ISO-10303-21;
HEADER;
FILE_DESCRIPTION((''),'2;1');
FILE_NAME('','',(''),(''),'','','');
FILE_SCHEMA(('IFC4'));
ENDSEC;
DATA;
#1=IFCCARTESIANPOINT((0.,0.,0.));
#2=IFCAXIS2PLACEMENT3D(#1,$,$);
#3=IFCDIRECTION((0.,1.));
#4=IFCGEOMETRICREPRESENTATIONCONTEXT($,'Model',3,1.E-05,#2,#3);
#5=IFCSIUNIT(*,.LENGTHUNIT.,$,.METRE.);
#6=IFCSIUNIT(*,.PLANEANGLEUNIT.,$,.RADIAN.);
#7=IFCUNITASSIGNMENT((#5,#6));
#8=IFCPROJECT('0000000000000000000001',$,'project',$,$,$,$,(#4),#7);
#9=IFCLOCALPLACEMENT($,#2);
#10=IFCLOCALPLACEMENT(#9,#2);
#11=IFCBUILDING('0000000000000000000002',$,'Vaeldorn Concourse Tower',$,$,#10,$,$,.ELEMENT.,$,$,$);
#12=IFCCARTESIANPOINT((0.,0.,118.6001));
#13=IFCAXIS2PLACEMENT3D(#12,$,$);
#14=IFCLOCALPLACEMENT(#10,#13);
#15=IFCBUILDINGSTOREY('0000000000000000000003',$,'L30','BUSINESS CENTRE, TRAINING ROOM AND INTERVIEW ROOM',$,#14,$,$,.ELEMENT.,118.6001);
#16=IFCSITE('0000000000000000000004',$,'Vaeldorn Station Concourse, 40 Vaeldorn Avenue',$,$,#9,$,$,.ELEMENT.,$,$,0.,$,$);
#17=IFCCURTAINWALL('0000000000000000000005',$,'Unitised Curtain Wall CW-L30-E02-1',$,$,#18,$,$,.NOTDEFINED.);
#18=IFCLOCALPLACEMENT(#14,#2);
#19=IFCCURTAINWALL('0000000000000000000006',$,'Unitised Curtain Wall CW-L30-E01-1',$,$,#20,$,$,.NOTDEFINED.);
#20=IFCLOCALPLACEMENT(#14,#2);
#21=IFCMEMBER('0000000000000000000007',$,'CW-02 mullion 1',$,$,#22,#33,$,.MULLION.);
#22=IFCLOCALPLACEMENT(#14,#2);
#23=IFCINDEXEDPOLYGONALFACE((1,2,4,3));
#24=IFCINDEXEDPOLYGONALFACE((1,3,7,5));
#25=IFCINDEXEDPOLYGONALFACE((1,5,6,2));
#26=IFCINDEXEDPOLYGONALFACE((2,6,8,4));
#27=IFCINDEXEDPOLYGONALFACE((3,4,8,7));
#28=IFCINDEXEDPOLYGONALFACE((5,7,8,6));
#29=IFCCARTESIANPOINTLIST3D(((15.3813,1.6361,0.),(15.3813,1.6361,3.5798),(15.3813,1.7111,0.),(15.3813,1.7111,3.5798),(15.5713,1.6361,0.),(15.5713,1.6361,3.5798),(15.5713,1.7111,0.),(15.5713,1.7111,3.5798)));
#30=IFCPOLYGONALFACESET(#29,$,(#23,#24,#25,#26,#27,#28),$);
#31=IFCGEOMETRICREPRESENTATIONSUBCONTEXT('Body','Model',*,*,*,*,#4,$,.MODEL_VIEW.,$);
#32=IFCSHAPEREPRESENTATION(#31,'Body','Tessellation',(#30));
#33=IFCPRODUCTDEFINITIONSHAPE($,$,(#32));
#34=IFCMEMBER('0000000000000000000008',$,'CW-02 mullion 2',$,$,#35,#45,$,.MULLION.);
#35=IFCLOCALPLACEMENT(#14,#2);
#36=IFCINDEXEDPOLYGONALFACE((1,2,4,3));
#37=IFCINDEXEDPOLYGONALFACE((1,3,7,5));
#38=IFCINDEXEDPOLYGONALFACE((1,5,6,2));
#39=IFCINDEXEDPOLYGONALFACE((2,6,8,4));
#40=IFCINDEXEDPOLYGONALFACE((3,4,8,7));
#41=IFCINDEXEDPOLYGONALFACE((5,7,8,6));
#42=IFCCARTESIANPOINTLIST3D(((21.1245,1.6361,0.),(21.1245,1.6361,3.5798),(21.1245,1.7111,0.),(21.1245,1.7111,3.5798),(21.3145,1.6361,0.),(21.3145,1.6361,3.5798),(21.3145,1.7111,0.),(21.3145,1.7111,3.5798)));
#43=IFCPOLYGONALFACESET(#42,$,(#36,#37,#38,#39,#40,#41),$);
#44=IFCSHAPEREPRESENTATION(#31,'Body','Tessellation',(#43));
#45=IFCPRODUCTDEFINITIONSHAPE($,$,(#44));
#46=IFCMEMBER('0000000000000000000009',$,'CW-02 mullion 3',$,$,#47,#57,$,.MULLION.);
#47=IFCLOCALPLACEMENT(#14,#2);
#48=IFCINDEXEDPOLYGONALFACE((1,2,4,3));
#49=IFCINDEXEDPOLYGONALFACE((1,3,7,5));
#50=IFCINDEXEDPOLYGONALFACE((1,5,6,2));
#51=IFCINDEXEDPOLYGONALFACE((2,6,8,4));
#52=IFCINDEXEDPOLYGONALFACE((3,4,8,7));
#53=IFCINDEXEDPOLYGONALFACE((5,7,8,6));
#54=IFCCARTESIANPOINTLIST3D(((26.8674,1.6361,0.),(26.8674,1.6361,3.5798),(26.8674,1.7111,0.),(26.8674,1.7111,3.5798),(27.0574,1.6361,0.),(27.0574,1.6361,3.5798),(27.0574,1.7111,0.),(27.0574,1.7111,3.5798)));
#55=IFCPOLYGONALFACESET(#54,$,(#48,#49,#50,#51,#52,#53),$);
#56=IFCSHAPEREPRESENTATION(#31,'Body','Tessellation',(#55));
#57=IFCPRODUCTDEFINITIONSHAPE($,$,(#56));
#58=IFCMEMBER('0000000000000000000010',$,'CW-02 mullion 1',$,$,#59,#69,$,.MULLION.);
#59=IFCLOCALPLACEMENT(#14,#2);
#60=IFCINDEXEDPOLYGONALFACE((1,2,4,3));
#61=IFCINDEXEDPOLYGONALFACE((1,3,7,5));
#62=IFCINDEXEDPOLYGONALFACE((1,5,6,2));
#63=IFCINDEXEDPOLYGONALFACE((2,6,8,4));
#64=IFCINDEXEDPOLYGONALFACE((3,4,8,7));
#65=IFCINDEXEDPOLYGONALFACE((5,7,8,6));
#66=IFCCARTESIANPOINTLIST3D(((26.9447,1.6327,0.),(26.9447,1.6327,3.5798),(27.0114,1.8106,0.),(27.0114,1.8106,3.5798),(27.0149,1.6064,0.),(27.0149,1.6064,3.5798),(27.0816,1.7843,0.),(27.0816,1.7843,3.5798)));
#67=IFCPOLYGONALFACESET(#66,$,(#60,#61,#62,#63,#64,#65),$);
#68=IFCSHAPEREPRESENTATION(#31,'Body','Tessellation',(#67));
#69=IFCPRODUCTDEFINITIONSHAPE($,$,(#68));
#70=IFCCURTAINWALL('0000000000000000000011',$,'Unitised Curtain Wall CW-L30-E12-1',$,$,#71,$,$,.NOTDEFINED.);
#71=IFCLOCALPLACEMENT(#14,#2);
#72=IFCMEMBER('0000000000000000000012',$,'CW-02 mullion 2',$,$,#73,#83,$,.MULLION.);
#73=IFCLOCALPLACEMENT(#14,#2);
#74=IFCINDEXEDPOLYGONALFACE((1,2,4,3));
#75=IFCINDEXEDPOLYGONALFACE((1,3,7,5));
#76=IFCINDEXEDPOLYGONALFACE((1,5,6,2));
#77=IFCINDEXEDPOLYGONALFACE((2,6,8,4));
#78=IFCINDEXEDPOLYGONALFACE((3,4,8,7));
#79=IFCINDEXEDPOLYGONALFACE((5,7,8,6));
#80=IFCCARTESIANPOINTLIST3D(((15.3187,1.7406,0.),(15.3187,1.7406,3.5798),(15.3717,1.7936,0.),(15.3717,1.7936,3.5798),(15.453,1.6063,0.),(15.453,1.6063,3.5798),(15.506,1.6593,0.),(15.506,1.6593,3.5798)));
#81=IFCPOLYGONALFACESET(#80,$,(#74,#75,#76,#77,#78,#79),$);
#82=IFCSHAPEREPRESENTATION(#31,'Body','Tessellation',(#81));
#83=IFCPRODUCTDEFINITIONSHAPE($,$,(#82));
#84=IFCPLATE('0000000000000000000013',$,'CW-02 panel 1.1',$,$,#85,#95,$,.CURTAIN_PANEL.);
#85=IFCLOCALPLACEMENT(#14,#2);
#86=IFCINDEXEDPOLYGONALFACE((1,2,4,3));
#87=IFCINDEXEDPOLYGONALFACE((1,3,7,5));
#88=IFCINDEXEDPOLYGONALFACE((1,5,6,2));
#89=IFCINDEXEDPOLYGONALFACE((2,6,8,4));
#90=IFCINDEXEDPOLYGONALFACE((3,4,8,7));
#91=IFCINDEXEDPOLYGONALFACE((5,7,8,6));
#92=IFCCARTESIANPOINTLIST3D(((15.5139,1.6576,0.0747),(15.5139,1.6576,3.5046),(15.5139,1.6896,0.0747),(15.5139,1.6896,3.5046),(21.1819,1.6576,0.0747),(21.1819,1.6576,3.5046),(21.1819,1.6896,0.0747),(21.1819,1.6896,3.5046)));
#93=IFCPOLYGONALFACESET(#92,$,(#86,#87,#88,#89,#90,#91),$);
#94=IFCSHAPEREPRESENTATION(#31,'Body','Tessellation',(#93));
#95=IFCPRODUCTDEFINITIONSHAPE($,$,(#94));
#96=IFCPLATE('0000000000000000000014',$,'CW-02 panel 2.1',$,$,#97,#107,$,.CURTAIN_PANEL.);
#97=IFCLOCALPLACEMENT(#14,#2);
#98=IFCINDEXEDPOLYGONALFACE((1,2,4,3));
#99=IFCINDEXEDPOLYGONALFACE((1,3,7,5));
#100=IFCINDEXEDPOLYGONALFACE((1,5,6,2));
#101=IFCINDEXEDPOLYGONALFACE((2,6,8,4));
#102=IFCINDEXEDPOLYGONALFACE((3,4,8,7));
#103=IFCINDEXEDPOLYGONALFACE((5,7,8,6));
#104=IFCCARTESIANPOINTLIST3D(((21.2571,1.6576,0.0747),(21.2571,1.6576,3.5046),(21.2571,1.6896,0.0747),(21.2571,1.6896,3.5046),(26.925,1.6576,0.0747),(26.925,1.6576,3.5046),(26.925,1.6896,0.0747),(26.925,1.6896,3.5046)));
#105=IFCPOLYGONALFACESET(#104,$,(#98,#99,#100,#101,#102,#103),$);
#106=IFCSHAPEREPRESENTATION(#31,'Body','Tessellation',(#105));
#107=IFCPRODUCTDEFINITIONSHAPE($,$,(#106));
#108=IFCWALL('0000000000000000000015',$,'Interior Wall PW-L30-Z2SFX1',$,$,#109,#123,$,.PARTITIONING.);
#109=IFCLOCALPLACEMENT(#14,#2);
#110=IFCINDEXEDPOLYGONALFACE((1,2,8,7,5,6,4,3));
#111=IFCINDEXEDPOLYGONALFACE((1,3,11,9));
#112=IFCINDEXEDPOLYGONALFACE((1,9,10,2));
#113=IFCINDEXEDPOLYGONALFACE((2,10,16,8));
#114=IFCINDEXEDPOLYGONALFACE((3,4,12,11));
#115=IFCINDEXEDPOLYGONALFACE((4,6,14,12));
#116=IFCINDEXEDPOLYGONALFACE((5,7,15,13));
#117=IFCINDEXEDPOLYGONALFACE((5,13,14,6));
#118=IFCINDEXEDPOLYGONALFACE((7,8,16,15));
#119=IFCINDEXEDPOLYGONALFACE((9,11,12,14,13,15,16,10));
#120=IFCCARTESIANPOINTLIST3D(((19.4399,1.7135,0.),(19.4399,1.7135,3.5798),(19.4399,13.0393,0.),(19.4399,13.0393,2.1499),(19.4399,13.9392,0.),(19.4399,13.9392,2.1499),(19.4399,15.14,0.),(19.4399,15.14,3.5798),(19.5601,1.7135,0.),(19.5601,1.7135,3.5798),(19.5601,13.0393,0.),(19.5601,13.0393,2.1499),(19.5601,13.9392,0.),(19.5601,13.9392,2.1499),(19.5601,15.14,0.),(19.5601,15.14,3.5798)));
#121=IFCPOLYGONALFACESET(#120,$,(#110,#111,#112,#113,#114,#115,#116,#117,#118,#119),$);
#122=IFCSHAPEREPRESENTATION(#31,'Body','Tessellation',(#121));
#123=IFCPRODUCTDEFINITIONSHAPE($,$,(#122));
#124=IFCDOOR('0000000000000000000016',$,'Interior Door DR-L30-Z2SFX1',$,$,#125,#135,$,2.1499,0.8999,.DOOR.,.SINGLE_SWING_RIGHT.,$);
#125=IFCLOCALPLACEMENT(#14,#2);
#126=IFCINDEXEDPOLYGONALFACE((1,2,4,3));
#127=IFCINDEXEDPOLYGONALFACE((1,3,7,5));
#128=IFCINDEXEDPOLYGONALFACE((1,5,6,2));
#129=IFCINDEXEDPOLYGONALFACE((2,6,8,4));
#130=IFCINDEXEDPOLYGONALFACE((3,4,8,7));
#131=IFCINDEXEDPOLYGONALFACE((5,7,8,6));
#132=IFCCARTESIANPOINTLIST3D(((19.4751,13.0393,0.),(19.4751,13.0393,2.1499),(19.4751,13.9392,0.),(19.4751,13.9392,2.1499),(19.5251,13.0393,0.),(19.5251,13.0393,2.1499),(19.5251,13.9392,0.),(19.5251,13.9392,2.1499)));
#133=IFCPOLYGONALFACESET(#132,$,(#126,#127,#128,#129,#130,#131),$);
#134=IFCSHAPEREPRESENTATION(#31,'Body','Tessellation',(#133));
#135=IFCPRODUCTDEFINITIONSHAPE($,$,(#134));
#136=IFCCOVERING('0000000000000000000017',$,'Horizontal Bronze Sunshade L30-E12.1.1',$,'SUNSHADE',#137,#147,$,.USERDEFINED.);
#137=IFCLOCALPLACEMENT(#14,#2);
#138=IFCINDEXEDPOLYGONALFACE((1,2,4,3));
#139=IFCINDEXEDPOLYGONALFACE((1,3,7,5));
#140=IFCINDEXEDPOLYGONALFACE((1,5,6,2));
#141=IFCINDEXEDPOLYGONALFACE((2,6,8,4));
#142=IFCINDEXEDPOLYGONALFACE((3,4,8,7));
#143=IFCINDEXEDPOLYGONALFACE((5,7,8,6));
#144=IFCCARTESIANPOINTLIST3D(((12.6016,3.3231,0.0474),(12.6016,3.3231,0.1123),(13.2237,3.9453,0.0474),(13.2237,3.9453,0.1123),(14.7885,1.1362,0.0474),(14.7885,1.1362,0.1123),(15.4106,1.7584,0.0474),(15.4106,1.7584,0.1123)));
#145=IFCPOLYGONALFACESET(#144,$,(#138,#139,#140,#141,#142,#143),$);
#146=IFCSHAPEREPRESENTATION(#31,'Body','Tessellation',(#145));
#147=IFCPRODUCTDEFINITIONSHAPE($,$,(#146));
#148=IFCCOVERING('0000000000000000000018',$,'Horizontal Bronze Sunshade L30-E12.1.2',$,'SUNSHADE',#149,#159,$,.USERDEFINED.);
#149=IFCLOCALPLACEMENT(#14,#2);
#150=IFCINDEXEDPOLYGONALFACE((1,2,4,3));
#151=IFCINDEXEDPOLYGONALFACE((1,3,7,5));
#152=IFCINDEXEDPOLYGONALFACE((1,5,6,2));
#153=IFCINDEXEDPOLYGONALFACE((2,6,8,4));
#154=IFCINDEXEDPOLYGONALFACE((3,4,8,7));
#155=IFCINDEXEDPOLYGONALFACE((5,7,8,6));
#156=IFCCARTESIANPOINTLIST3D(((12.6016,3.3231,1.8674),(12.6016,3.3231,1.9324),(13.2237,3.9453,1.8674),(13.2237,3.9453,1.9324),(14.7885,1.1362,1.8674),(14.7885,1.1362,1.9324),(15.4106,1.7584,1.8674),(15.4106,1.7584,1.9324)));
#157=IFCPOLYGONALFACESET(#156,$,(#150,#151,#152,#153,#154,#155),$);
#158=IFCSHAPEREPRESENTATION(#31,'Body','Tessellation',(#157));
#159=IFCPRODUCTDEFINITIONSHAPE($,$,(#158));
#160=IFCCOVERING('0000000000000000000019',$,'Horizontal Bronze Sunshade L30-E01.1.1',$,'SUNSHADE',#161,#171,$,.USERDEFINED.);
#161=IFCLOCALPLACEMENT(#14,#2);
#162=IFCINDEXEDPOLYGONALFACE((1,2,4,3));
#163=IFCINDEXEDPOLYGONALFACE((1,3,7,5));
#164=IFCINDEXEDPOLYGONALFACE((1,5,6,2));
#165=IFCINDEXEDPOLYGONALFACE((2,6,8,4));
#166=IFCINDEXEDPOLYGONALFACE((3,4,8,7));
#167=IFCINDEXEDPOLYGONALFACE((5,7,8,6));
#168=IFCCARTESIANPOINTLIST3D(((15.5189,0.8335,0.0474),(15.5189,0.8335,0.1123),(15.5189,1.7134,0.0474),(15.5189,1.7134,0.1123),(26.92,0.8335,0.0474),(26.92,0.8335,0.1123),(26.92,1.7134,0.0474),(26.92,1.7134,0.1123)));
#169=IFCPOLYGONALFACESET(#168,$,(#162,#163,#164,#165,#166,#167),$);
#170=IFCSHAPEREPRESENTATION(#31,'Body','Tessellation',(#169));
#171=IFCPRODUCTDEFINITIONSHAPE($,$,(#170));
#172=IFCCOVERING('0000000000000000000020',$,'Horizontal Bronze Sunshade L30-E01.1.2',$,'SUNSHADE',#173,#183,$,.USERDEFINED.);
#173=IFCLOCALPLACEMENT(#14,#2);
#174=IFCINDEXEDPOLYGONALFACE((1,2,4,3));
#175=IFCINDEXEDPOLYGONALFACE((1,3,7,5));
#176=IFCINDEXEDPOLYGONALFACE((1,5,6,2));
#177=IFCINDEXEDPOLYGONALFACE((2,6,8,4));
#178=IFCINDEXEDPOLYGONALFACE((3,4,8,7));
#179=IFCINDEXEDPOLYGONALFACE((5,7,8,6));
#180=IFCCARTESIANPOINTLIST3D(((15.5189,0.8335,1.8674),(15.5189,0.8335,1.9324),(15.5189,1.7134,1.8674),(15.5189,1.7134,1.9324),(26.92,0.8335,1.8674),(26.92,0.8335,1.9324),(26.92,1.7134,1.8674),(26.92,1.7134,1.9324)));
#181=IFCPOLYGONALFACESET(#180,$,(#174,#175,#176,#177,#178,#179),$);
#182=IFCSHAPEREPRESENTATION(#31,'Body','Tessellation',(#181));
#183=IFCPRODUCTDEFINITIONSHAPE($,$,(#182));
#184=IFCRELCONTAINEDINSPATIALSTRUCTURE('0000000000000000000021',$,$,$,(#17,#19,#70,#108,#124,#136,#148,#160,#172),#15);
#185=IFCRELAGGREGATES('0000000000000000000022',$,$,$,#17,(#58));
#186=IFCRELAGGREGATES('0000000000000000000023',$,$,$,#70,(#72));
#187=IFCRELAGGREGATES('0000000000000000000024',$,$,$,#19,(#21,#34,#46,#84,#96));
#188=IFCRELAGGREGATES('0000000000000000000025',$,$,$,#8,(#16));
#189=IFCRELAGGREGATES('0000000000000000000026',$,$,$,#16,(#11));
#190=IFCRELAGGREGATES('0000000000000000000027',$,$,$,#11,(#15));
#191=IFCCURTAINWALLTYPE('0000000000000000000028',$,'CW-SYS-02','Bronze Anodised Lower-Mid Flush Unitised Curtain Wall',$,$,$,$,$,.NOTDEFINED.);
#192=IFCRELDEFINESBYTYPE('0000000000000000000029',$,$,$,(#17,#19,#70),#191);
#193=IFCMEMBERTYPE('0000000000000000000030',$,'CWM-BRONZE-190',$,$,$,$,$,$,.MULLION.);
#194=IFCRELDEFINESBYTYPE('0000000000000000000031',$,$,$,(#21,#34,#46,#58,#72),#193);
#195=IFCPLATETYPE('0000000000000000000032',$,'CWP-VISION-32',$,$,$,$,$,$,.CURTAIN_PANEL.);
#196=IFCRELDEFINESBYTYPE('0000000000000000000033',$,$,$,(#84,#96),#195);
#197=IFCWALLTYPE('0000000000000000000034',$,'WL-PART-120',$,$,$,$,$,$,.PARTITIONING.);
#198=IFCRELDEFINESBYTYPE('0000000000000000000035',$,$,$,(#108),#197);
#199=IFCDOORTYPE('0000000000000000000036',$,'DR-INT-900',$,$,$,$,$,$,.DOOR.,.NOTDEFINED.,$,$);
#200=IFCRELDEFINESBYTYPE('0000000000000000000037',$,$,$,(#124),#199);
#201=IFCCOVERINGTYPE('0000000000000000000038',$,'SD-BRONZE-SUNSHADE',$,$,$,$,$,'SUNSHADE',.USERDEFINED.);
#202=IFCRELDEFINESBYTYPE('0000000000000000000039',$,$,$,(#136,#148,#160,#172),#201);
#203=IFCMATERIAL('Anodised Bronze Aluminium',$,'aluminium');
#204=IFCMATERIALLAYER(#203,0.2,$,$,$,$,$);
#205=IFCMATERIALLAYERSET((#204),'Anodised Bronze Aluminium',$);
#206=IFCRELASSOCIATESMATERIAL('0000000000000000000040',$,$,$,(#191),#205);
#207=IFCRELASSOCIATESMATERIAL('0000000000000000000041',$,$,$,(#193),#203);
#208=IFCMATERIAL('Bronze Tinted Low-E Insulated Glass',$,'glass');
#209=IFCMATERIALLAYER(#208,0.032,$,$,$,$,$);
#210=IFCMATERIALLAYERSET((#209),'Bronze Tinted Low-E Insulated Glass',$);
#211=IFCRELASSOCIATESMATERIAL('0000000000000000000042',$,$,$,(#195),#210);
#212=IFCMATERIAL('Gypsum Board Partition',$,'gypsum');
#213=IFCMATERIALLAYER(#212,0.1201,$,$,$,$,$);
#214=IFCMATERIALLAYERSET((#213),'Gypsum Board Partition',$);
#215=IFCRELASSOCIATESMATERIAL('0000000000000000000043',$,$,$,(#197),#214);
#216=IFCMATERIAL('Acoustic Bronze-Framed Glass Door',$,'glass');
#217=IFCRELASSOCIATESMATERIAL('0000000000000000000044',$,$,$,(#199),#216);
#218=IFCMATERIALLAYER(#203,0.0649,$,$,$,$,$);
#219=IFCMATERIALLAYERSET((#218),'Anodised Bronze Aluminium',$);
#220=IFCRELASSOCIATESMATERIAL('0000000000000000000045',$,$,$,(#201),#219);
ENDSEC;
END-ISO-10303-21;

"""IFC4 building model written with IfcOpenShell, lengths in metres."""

from ifc_helpers import new_model, si_unit, direction, frame, frame_2d, origin, origin_2d, place, context, subcontext, project, spatial, rectangle, extrude, source, transform, mapped, material, layer, layer_set, material_profile, profile_set, type_object, element, fill, aggregate, save


model = new_model("IFC4")

# Units and contexts
model_context = context("Model", 3, precision=1e-05, world=origin(), true_north=direction((0.0, 1.0)))
body_context = subcontext(model_context, "Body", "Model", "MODEL_VIEW")
ifc_project = project(units=[si_unit("LENGTHUNIT", "METRE"), si_unit("PLANEANGLEUNIT", "RADIAN")], contexts=[model_context])

# Site, building, storey
site_placement = place(None, origin())
site = spatial("IfcSite", under=ifc_project, at=site_placement, Name="Vaeldorn Station Concourse, 40 Vaeldorn Avenue", CompositionType="ELEMENT", RefElevation=0.0)
building_placement = place(site_placement, origin())
building = spatial("IfcBuilding", under=site, at=building_placement, Name="Vaeldorn Concourse Tower", CompositionType="ELEMENT")
storey_placement = place(building_placement, frame((0.0, 0.0, 118.6001)))
storey = spatial("IfcBuildingStorey", under=building, at=storey_placement, Name="L30", Description="BUSINESS CENTRE, TRAINING ROOM AND INTERVIEW ROOM", CompositionType="ELEMENT", Elevation=118.6001)

# Curtain walls, members
ifc_material_1 = material(Name="Anodised Bronze Aluminium", Category="aluminium")
ifc_layer_1 = layer(ifc_material_1, 0.2)
ifc_layer_set_1 = layer_set([ifc_layer_1], Name="Anodised Bronze Aluminium")
curtain_wall_type = type_object("IfcCurtainWallType", Name="CW-SYS-02", Description="Bronze Anodised Lower-Mid Flush Unitised Curtain Wall", PredefinedType="NOTDEFINED", material=ifc_layer_set_1)
curtain_wall_1_placement = place(storey_placement, origin())
curtain_wall_1 = element("IfcCurtainWall", 1, at=curtain_wall_1_placement, inside=storey, type_object=curtain_wall_type, Name="Unitised Curtain Wall CW-L30-E02-1", PredefinedType="NOTDEFINED")
curtain_wall_2_placement = place(storey_placement, origin())
curtain_wall_2 = element("IfcCurtainWall", 2, at=curtain_wall_2_placement, inside=storey, type_object=curtain_wall_type, Name="Unitised Curtain Wall CW-L30-E01-1", PredefinedType="NOTDEFINED")
ifc_material_profile_1 = material_profile(ifc_material_1, rectangle(XDim=0.075, YDim=0.1899, at=origin_2d()), Name="CWM 75x190")
ifc_profile_set_1 = profile_set([ifc_material_profile_1], Name="Anodised Bronze Aluminium")
member_type_1 = type_object("IfcMemberType", Name="CWM-BRONZE-190", PredefinedType="MULLION", material=ifc_profile_set_1)
shared_shape_1 = source(origin(), body_context, "Body", "SweptSolid", [
    extrude(rectangle(XDim=0.075, YDim=0.1899, at=origin_2d()), origin(), (0.0, 0.0, 1.0), 3.5798),
])
member_1_placement = place(storey_placement, frame((15.4763, 1.6736, 0.0), z_axis=(0.0, 0.0, 1.0), x_axis=(0.0, 1.0, 0.0)))
member_1 = element("IfcMember", 3, at=member_1_placement, type_object=member_type_1, Name="CW-02 mullion 1", PredefinedType="MULLION", context=body_context, shape_type="MappedRepresentation", body=[
    mapped(shared_shape_1, transform((0.0, 0.0, 0.0), scale=1.0)),
])
member_2_placement = place(storey_placement, frame((21.2195, 1.6736, 0.0), z_axis=(0.0, 0.0, 1.0), x_axis=(0.0, 1.0, 0.0)))
member_2 = element("IfcMember", 4, at=member_2_placement, type_object=member_type_1, Name="CW-02 mullion 2", PredefinedType="MULLION", context=body_context, shape_type="MappedRepresentation", body=[
    mapped(shared_shape_1, transform((0.0, 0.0, 0.0), scale=1.0)),
])
member_3_placement = place(storey_placement, frame((26.9624, 1.6736, 0.0), z_axis=(0.0, 0.0, 1.0), x_axis=(0.0, 1.0, 0.0)))
member_3 = element("IfcMember", 5, at=member_3_placement, type_object=member_type_1, Name="CW-02 mullion 3", PredefinedType="MULLION", context=body_context, shape_type="MappedRepresentation", body=[
    mapped(shared_shape_1, transform((0.0, 0.0, 0.0), scale=1.0)),
])

# Member
member_4_placement = place(storey_placement, frame((27.0132, 1.7085, 0.0), z_axis=(0.0, 0.0, 1.0), x_axis=(-0.936329, 0.351123, 0.0)))
member_4 = element("IfcMember", 6, at=member_4_placement, type_object=member_type_1, Name="CW-02 mullion 1", PredefinedType="MULLION", context=body_context, shape_type="MappedRepresentation", body=[
    mapped(shared_shape_1, transform((0.0, 0.0, 0.0), scale=1.0)),
])
aggregate(curtain_wall_1, [member_4])

# Curtain wall, member
curtain_wall_3_placement = place(storey_placement, origin())
curtain_wall_3 = element("IfcCurtainWall", 7, at=curtain_wall_3_placement, inside=storey, type_object=curtain_wall_type, Name="Unitised Curtain Wall CW-L30-E12-1", PredefinedType="NOTDEFINED")
member_5_placement = place(storey_placement, frame((15.4124, 1.7, 0.0), z_axis=(0.0, 0.0, 1.0), x_axis=(0.707107, 0.707107, 0.0)))
member_5 = element("IfcMember", 8, at=member_5_placement, type_object=member_type_1, Name="CW-02 mullion 2", PredefinedType="MULLION", context=body_context, shape_type="MappedRepresentation", body=[
    mapped(shared_shape_1, transform((0.0, 0.0, 0.0), scale=1.0)),
])
aggregate(curtain_wall_3, [member_5])

# Plates
ifc_material_2 = material(Name="Bronze Tinted Low-E Insulated Glass", Category="glass")
ifc_layer_2 = layer(ifc_material_2, 0.032)
ifc_layer_set_2 = layer_set([ifc_layer_2], Name="Bronze Tinted Low-E Insulated Glass")
plate_type = type_object("IfcPlateType", Name="CWP-VISION-32", PredefinedType="CURTAIN_PANEL", material=ifc_layer_set_2)
shared_shape_2 = source(origin(), body_context, "Body", "SweptSolid", [
    extrude(rectangle(XDim=5.668, YDim=0.032, at=origin_2d()), origin(), (0.0, 0.0, 1.0), 3.4299),
])
plate_1_placement = place(storey_placement, frame((18.3479, 1.6736, 0.0747), z_axis=(0.0, 0.0, 1.0), x_axis=(1.0, 0.0, 0.0)))
plate_1 = element("IfcPlate", 9, at=plate_1_placement, type_object=plate_type, Name="CW-02 panel 1.1", PredefinedType="CURTAIN_PANEL", context=body_context, shape_type="MappedRepresentation", body=[
    mapped(shared_shape_2, transform((0.0, 0.0, 0.0), scale=1.0)),
])
plate_2_placement = place(storey_placement, frame((24.0911, 1.6736, 0.0747), z_axis=(0.0, 0.0, 1.0), x_axis=(1.0, 0.0, 0.0)))
plate_2 = element("IfcPlate", 10, at=plate_2_placement, type_object=plate_type, Name="CW-02 panel 2.1", PredefinedType="CURTAIN_PANEL", context=body_context, shape_type="MappedRepresentation", body=[
    mapped(shared_shape_2, transform((0.0, 0.0, 0.0), scale=1.0)),
])
aggregate(curtain_wall_2, [member_1, member_2, member_3, plate_1, plate_2])

# Wall, opening, door
ifc_material_3 = material(Name="Gypsum Board Partition", Category="gypsum")
ifc_layer_3 = layer(ifc_material_3, 0.1201)
ifc_layer_set_3 = layer_set([ifc_layer_3], Name="Gypsum Board Partition")
wall_type = type_object("IfcWallType", Name="WL-PART-120", PredefinedType="PARTITIONING", material=ifc_layer_set_3)
wall_placement = place(storey_placement, frame((19.5, 1.7134, 0.0), z_axis=(0.0, 0.0, 1.0), x_axis=(0.0, 1.0, 0.0)))
wall = element("IfcWall", 11, at=wall_placement, inside=storey, type_object=wall_type, Name="Interior Wall PW-L30-Z2SFX1", PredefinedType="PARTITIONING", context=body_context, shape_type="SweptSolid", body=[
    extrude(rectangle(XDim=13.4265, YDim=0.1201, at=frame_2d((6.7134, 0.0))), origin(), (0.0, 0.0, 1.0), 3.5798),
])
opening_placement = place(wall_placement, frame((11.3259, 0.0, 0.0)))
opening = element("IfcOpeningElement", 12, at=opening_placement, cuts=wall, PredefinedType="OPENING", context=body_context, shape_type="SweptSolid", body=[
    extrude(rectangle(XDim=0.8999, YDim=2.1499, at=frame_2d((0.45, 1.075))), frame((0.0, 0.0701, 0.0), z_axis=(0.0, -1.0, 0.0), x_axis=(1.0, 0.0, 0.0)), (0.0, 0.0, 1.0), 0.1401),
])
ifc_material_4 = material(Name="Acoustic Bronze-Framed Glass Door", Category="glass")
door_type = type_object("IfcDoorType", Name="DR-INT-900", OperationType="NOTDEFINED", PredefinedType="DOOR", material=ifc_material_4)
shared_shape_3 = source(origin(), body_context, "Body", "SweptSolid", [
    extrude(rectangle(XDim=0.8999, YDim=2.1499, at=frame_2d((0.45, 1.075))), frame((0.0, 0.0249, 0.0), z_axis=(0.0, -1.0, 0.0), x_axis=(1.0, 0.0, 0.0)), (0.0, 0.0, 1.0), 0.05),
])
door_placement = place(opening_placement, origin())
door = element("IfcDoor", 13, at=door_placement, inside=storey, type_object=door_type, Name="Interior Door DR-L30-Z2SFX1", OperationType="SINGLE_SWING_RIGHT", OverallHeight=2.1499, OverallWidth=0.8999, PredefinedType="DOOR", context=body_context, shape_type="MappedRepresentation", body=[
    mapped(shared_shape_3, transform((0.0, 0.0, 0.0), scale=1.0)),
])
fill(opening, door)

# Coverings
ifc_layer_4 = layer(ifc_material_1, 0.0649)
ifc_layer_set_4 = layer_set([ifc_layer_4], Name="Anodised Bronze Aluminium")
covering_type = type_object("IfcCoveringType", Name="SD-BRONZE-SUNSHADE", ElementType="SUNSHADE", PredefinedType="USERDEFINED", material=ifc_layer_set_4)
shared_shape_4 = source(origin(), body_context, "Body", "SweptSolid", [
    extrude(rectangle(XDim=3.0928, YDim=0.8799, at=origin_2d()), origin(), (0.0, 0.0, 1.0), 0.0649),
])
for number, where, z_axis, x_axis, name in (
    (14, (14.0061, 2.5408, 0.0474), (0.0, 0.0, 1.0), (0.707107, -0.707107, 0.0), "Horizontal Bronze Sunshade L30-E12.1.1"),
    (15, (14.0061, 2.5408, 1.8674), (0.0, 0.0, 1.0), (0.707107, -0.707107, 0.0), "Horizontal Bronze Sunshade L30-E12.1.2"),
):
    element("IfcCovering", number, at=place(storey_placement, frame(where, z_axis=z_axis, x_axis=x_axis)), inside=storey, type_object=covering_type, Name=name, ObjectType="SUNSHADE", PredefinedType="USERDEFINED", context=body_context, shape_type="MappedRepresentation", body=[
        mapped(shared_shape_4, transform((0.0, 0.0, 0.0), scale=1.0)),
    ])
shared_shape_5 = source(origin(), body_context, "Body", "SweptSolid", [
    extrude(rectangle(XDim=11.4011, YDim=0.8799, at=origin_2d()), origin(), (0.0, 0.0, 1.0), 0.0649),
])
for number, where, z_axis, x_axis, name in (
    (16, (21.2195, 1.2734, 0.0474), (0.0, 0.0, 1.0), (1.0, 0.0, 0.0), "Horizontal Bronze Sunshade L30-E01.1.1"),
    (17, (21.2195, 1.2734, 1.8674), (0.0, 0.0, 1.0), (1.0, 0.0, 0.0), "Horizontal Bronze Sunshade L30-E01.1.2"),
):
    element("IfcCovering", number, at=place(storey_placement, frame(where, z_axis=z_axis, x_axis=x_axis)), inside=storey, type_object=covering_type, Name=name, ObjectType="SUNSHADE", PredefinedType="USERDEFINED", context=body_context, shape_type="MappedRepresentation", body=[
        mapped(shared_shape_5, transform((0.0, 0.0, 0.0), scale=1.0)),
    ])

save(model, "model.ifc")
